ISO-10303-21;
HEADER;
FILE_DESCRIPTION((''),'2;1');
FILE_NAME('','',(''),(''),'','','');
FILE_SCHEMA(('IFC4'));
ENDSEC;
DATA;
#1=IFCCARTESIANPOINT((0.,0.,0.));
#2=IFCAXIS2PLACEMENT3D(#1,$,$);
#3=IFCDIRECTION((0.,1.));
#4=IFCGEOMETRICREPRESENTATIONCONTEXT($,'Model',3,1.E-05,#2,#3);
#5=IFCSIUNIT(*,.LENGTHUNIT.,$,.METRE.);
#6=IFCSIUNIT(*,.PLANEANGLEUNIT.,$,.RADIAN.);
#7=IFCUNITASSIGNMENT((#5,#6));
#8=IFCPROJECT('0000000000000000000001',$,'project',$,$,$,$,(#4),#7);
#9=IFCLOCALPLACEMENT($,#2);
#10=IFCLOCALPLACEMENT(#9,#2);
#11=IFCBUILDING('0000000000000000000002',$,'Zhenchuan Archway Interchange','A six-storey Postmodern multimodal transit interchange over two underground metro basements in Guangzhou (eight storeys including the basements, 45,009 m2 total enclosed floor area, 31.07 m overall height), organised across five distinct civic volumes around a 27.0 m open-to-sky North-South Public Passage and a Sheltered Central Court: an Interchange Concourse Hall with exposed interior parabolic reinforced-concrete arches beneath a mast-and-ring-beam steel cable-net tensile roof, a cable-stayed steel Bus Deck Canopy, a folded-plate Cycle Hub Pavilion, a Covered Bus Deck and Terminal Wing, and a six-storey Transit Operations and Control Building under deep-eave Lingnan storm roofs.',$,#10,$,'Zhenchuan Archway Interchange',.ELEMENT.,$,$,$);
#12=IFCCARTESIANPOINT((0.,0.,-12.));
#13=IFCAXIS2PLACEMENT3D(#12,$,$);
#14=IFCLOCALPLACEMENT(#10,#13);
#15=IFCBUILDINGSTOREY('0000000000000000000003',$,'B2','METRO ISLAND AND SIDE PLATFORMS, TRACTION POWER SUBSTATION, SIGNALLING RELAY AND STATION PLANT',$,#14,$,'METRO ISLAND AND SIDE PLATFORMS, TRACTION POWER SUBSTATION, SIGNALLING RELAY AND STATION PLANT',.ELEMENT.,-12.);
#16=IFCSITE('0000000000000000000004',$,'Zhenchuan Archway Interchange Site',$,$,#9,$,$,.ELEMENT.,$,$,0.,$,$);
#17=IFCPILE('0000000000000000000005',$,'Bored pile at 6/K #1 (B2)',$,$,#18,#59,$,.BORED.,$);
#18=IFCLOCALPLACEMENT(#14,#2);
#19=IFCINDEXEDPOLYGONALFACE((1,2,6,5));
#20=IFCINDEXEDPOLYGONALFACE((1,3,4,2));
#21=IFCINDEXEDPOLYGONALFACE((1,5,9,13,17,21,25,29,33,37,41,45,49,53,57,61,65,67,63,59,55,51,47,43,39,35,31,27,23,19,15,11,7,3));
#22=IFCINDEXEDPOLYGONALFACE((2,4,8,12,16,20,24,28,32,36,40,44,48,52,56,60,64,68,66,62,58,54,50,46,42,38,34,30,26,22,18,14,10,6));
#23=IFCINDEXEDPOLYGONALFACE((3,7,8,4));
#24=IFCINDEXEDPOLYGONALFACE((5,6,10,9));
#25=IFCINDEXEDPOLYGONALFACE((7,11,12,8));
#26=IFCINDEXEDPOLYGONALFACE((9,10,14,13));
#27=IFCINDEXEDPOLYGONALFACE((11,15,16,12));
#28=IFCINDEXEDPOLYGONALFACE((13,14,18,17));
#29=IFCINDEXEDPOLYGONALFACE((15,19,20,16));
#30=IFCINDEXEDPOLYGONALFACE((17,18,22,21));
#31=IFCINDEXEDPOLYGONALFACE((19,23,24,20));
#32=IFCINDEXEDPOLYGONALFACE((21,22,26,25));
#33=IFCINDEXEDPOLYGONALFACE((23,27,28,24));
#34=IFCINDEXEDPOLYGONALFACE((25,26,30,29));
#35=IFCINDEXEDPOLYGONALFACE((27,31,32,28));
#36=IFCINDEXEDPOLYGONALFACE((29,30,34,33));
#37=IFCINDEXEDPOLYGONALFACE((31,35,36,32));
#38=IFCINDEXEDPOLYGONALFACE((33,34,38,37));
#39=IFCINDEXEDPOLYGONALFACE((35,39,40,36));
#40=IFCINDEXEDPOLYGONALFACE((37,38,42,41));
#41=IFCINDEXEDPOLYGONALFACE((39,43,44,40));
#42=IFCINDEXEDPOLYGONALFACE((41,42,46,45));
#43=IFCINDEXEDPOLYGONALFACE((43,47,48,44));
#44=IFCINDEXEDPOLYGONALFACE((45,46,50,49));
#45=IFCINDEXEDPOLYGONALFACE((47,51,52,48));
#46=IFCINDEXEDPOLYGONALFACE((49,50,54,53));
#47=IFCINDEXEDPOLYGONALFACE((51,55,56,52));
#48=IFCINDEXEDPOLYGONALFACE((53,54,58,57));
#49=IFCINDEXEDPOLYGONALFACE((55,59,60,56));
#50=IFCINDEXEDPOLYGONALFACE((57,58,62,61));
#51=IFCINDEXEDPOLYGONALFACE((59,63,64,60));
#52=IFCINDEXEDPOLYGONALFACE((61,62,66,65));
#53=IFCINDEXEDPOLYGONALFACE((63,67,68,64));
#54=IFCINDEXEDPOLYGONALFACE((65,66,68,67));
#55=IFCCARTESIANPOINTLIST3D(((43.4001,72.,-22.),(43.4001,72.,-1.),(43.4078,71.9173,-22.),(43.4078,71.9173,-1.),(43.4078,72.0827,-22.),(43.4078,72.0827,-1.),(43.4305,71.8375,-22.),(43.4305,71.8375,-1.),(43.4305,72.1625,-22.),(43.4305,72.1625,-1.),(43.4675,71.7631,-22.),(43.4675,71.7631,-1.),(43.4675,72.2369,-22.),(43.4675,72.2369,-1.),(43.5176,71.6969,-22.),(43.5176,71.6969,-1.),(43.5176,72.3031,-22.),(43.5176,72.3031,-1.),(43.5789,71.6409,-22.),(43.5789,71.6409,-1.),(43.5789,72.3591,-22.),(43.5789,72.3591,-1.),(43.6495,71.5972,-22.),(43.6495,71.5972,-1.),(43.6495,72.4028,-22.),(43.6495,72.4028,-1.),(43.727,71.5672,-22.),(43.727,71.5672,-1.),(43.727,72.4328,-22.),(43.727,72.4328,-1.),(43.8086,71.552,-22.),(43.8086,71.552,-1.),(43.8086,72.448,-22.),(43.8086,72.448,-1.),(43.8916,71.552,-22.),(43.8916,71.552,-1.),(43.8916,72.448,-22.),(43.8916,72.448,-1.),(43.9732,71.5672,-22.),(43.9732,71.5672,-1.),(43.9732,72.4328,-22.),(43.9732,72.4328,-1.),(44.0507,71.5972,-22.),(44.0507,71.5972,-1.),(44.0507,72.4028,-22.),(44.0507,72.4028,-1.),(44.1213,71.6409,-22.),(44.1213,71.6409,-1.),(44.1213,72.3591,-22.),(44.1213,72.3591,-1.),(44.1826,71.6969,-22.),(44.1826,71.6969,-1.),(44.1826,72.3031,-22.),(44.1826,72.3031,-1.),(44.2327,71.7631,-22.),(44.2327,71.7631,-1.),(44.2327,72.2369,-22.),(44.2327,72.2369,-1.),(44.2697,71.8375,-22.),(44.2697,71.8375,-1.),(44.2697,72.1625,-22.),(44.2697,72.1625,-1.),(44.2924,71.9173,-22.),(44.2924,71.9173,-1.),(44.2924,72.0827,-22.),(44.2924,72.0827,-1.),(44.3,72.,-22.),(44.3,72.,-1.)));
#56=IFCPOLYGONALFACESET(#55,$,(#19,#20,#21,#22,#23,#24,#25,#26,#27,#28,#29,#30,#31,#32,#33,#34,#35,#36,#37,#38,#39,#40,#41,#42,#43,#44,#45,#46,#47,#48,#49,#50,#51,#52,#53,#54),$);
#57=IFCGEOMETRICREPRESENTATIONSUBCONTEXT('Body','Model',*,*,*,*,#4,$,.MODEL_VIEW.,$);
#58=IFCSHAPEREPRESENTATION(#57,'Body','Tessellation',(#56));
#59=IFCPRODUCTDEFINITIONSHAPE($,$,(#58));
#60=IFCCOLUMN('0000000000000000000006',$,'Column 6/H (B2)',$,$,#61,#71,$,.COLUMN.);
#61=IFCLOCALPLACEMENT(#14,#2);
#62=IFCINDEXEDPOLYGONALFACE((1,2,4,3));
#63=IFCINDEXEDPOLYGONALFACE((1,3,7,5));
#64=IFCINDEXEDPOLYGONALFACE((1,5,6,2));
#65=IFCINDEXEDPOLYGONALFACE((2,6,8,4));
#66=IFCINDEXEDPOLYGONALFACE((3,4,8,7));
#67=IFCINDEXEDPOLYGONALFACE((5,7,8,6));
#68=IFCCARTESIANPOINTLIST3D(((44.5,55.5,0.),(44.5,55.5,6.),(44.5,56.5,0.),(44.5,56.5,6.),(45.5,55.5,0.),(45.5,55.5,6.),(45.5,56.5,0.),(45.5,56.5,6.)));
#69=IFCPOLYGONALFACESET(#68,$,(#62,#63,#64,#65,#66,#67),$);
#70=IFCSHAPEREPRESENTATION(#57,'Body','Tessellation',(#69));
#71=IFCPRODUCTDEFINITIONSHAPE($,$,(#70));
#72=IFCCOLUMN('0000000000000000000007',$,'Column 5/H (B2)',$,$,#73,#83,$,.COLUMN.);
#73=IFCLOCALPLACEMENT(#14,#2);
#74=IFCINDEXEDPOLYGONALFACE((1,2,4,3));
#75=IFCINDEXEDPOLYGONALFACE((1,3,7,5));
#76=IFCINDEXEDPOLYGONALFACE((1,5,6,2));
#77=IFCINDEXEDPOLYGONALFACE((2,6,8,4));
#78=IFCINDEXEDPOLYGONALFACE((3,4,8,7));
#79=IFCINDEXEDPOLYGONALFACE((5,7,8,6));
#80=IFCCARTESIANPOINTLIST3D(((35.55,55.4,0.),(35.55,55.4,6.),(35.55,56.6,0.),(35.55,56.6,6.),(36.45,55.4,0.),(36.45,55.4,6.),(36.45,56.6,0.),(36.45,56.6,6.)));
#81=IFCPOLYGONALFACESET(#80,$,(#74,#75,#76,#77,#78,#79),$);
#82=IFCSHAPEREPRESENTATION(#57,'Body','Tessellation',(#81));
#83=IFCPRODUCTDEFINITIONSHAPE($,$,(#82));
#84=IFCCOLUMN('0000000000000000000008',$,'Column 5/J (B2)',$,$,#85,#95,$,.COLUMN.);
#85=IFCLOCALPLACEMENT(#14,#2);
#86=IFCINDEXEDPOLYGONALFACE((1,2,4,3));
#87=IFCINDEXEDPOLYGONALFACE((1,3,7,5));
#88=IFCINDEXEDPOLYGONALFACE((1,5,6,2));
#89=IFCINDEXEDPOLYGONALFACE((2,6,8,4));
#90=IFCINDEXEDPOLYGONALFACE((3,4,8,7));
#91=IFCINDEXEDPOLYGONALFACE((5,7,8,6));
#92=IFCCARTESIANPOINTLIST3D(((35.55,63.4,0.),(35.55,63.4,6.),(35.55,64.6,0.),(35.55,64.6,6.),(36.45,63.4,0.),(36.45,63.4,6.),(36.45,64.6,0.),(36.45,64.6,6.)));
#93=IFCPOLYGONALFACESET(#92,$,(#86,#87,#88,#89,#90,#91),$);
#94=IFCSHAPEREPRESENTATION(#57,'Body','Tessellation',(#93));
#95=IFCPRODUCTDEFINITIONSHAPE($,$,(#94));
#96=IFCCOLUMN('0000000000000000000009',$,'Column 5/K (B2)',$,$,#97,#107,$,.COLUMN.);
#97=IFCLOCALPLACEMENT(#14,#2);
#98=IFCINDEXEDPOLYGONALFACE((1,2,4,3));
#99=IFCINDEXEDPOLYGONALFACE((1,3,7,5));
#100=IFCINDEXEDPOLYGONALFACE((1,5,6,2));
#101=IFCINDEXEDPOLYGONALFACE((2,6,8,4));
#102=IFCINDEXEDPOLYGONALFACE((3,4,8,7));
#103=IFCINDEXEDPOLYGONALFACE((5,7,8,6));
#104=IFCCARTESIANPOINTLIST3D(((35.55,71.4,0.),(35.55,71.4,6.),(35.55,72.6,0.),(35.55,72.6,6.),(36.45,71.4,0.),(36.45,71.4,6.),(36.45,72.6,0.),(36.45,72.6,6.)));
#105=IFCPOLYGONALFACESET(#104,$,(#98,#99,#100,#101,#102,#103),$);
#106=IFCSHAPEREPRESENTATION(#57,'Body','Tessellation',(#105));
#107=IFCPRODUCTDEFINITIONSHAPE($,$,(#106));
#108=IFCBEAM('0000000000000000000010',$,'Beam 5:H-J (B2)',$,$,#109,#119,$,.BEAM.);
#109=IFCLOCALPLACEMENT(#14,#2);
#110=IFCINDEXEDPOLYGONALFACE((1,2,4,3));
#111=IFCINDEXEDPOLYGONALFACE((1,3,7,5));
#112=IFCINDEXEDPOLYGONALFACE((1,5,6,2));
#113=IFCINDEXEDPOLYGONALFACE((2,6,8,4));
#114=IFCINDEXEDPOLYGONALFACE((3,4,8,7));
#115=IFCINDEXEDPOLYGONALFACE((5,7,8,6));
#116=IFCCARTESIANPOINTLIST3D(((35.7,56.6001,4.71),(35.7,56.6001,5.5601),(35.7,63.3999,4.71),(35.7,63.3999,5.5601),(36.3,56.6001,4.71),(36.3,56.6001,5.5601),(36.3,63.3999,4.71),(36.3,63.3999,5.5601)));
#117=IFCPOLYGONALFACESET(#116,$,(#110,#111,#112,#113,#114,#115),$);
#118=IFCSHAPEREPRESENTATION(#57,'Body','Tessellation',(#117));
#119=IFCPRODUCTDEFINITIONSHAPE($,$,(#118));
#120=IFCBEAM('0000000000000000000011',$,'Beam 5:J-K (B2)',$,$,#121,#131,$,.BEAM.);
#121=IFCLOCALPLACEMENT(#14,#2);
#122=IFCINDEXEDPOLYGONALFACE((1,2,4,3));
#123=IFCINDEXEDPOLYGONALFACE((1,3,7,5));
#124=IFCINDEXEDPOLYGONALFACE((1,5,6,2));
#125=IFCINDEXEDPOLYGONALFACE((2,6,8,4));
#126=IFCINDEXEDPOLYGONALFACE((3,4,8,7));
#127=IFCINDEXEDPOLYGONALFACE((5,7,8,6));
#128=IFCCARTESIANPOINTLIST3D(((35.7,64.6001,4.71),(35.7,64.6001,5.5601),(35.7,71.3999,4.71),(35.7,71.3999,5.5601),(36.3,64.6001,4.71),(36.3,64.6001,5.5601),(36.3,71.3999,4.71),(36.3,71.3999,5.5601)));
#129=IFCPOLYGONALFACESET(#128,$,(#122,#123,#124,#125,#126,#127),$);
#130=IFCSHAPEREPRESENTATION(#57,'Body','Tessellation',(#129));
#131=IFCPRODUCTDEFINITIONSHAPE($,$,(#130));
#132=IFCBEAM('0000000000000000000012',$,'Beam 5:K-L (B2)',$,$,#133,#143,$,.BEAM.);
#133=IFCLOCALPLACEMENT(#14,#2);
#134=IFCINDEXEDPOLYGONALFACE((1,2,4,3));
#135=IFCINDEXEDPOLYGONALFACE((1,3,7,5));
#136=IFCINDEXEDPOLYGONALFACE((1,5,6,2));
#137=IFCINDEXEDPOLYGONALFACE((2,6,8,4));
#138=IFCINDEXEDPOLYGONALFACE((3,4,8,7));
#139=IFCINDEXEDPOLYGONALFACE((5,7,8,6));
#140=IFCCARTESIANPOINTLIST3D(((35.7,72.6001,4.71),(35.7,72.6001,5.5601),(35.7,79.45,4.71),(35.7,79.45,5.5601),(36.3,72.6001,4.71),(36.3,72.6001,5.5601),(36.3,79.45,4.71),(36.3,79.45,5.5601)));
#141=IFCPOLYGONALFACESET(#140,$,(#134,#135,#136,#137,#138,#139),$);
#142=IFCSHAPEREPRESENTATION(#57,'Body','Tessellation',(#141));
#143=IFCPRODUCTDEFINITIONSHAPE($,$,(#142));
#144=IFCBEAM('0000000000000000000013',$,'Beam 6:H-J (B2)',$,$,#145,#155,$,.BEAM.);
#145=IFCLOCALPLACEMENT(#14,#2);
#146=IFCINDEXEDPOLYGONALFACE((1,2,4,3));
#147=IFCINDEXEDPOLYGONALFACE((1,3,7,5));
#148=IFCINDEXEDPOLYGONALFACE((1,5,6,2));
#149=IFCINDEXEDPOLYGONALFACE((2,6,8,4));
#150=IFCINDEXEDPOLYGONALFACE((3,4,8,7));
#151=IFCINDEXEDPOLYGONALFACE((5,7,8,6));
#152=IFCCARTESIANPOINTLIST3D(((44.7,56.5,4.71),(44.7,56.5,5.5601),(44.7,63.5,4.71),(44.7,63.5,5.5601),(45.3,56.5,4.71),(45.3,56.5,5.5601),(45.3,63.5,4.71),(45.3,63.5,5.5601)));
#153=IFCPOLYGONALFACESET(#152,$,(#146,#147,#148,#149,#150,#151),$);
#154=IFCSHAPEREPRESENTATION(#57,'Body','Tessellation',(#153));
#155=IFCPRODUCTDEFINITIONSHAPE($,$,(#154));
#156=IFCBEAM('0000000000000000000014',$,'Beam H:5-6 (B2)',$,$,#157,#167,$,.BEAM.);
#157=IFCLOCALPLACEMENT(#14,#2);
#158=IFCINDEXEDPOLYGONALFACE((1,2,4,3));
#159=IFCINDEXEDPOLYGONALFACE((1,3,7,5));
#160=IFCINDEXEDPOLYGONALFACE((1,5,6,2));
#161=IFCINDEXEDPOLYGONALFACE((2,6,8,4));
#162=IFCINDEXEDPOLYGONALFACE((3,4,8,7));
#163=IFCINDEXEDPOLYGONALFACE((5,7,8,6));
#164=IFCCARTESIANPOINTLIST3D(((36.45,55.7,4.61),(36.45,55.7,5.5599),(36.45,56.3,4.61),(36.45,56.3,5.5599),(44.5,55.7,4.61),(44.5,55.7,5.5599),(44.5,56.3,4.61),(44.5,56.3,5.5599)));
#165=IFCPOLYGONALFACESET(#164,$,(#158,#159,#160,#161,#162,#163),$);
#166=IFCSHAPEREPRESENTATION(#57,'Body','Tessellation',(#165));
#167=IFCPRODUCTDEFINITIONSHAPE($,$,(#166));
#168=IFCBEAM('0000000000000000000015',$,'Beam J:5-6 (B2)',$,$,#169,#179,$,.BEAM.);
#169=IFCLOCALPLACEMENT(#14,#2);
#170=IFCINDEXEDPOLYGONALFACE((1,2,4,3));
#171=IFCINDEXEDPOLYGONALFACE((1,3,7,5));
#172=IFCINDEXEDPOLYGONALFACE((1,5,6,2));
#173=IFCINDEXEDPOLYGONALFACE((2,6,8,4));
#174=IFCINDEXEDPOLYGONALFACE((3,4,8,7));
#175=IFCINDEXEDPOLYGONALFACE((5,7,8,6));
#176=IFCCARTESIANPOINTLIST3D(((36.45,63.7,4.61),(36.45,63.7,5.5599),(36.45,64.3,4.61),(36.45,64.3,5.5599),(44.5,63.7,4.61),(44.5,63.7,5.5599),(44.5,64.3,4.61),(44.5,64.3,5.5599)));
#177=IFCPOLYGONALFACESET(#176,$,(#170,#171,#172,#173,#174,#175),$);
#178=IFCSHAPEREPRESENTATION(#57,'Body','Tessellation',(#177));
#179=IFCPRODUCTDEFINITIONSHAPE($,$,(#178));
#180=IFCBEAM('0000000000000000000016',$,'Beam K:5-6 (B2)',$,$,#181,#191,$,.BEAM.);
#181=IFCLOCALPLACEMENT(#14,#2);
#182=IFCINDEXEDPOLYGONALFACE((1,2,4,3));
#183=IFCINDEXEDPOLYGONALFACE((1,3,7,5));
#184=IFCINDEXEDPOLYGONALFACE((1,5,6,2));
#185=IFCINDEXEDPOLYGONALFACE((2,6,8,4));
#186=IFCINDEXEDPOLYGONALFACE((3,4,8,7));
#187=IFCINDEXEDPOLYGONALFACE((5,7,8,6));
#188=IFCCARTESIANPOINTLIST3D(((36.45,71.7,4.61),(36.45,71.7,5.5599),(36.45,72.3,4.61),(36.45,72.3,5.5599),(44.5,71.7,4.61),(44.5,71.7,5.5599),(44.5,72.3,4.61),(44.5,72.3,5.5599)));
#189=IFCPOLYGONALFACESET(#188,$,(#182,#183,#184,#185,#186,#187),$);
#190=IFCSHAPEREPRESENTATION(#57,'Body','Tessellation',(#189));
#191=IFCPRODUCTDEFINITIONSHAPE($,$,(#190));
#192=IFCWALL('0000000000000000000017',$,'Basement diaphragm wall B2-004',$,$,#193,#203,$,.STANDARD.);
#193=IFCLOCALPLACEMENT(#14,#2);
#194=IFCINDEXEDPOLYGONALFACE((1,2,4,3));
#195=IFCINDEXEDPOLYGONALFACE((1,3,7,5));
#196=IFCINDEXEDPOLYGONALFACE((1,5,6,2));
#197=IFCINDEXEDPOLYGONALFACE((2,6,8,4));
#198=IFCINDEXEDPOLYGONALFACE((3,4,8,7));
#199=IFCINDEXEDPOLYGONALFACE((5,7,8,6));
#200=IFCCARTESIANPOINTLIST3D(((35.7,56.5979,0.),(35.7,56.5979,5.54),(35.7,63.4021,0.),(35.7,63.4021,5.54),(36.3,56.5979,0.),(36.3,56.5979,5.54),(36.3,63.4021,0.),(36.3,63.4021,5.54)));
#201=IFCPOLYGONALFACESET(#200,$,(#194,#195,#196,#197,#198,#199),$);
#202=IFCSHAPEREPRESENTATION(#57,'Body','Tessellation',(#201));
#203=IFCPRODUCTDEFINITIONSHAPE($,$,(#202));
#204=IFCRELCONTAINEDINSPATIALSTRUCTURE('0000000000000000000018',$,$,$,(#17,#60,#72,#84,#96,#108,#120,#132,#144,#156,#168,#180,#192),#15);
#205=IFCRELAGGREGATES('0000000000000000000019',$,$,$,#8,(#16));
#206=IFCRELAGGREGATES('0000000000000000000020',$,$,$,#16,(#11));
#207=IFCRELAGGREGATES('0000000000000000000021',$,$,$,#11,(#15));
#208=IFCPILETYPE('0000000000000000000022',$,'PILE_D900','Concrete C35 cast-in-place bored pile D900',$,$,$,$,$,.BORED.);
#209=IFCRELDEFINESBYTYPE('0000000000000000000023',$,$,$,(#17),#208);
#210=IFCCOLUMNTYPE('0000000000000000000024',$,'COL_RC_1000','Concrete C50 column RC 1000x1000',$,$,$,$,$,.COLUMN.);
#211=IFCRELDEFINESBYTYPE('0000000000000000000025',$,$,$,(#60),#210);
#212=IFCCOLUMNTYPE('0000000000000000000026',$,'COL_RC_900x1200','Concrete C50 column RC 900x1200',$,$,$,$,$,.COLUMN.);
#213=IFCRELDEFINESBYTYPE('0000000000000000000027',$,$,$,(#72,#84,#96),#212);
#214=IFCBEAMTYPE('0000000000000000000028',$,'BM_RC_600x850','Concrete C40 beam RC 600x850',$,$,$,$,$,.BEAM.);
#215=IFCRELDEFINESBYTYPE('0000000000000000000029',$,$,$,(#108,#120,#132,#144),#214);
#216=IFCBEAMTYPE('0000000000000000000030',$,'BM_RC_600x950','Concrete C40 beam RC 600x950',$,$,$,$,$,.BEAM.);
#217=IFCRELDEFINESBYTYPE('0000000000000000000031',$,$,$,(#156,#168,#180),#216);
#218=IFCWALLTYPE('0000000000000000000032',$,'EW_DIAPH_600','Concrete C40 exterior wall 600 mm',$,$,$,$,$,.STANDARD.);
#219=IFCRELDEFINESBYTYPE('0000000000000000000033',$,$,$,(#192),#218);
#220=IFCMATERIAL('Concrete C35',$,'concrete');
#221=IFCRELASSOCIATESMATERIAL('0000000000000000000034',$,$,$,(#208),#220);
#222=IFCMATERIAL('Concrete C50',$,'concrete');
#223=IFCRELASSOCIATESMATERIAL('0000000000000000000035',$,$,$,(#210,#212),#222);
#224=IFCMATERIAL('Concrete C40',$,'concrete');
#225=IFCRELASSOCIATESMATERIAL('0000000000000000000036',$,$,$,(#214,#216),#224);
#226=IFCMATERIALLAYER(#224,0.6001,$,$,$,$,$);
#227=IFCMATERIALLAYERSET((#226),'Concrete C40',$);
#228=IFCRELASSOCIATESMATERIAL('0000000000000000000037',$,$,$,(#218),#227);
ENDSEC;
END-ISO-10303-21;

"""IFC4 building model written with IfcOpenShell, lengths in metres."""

from ifc_helpers import new_model, si_unit, direction, frame, frame_2d, origin, origin_2d, place, context, subcontext, project, spatial, rectangle, circle, extrude, material, layer, layer_set, material_profile, profile_set, type_object, element, save


model = new_model("IFC4")

# Units and contexts
model_context = context("Model", 3, precision=1e-05, world=origin(), true_north=direction((0.0, 1.0)))
body_context = subcontext(model_context, "Body", "Model", "MODEL_VIEW")
ifc_project = project(units=[si_unit("LENGTHUNIT", "METRE"), si_unit("PLANEANGLEUNIT", "RADIAN")], contexts=[model_context])

# Site, building, storey
site_placement = place(None, origin())
site = spatial("IfcSite", under=ifc_project, at=site_placement, Name="Zhenchuan Archway Interchange Site", CompositionType="ELEMENT", RefElevation=0.0)
building_placement = place(site_placement, origin())
building = spatial("IfcBuilding", under=site, at=building_placement, Name="Zhenchuan Archway Interchange", Description="A six-storey Postmodern multimodal transit interchange over two underground metro basements in Guangzhou (eight storeys including the basements, 45,009 m2 total enclosed floor area, 31.07 m overall height), organised across five distinct civic volumes around a 27.0 m open-to-sky North-South Public Passage and a Sheltered Central Court: an Interchange Concourse Hall with exposed interior parabolic reinforced-concrete arches beneath a mast-and-ring-beam steel cable-net tensile roof, a cable-stayed steel Bus Deck Canopy, a folded-plate Cycle Hub Pavilion, a Covered Bus Deck and Terminal Wing, and a six-storey Transit Operations and Control Building under deep-eave Lingnan storm roofs.", LongName="Zhenchuan Archway Interchange", CompositionType="ELEMENT")
storey_placement = place(building_placement, frame((0.0, 0.0, -12.0)))
storey = spatial("IfcBuildingStorey", under=building, at=storey_placement, Name="B2", Description="METRO ISLAND AND SIDE PLATFORMS, TRACTION POWER SUBSTATION, SIGNALLING RELAY AND STATION PLANT", LongName="METRO ISLAND AND SIDE PLATFORMS, TRACTION POWER SUBSTATION, SIGNALLING RELAY AND STATION PLANT", CompositionType="ELEMENT", Elevation=-12.0)

# Shared definitions
ifc_material_1 = material(Name="Concrete C40", Category="concrete")

# Pile
ifc_material_2 = material(Name="Concrete C35", Category="concrete")
ifc_material_profile_1 = material_profile(ifc_material_2, circle(Radius=0.45, at=origin_2d()), Name="BORED PILE 900")
ifc_profile_set_1 = profile_set([ifc_material_profile_1], Name="Concrete C35")
pile_type_1 = type_object("IfcPileType", Name="PILE_D900", Description="Concrete C35 cast-in-place bored pile D900", PredefinedType="BORED", material=ifc_profile_set_1)
pile_placement = place(storey_placement, frame((43.8501, 72.0, -1.0), z_axis=(0.0, 0.0, -1.0), x_axis=(1.0, 0.0, 0.0)))
element("IfcPile", 1, at=pile_placement, inside=storey, type_object=pile_type_1, Name="Bored pile at 6/K #1 (B2)", PredefinedType="BORED", context=body_context, shape_type="SweptSolid", body=[
    extrude(circle(Radius=0.45, at=origin_2d()), origin(), (0.0, 0.0, 1.0), 21.0),
])

# Columns
ifc_material_3 = material(Name="Concrete C50", Category="concrete")
ifc_material_profile_2 = material_profile(ifc_material_3, rectangle(XDim=1.0, YDim=1.0, at=origin_2d()), Name="RC 1000x1000")
ifc_profile_set_2 = profile_set([ifc_material_profile_2], Name="Concrete C50")
column_type_1 = type_object("IfcColumnType", Name="COL_RC_1000", Description="Concrete C50 column RC 1000x1000", PredefinedType="COLUMN", material=ifc_profile_set_2)
column_placement = place(storey_placement, frame((45.0, 56.0, 0.0), z_axis=(0.0, 0.0, 1.0), x_axis=(1.0, 0.0, 0.0)))
element("IfcColumn", 2, at=column_placement, inside=storey, type_object=column_type_1, Name="Column 6/H (B2)", PredefinedType="COLUMN", context=body_context, shape_type="SweptSolid", body=[
    extrude(rectangle(XDim=1.0, YDim=1.0, at=origin_2d()), origin(), (0.0, 0.0, 1.0), 6.0),
])
ifc_material_profile_3 = material_profile(ifc_material_3, rectangle(XDim=0.8999, YDim=1.2, at=origin_2d()), Name="RC 900x1200")
ifc_profile_set_3 = profile_set([ifc_material_profile_3], Name="Concrete C50")
column_type_2 = type_object("IfcColumnType", Name="COL_RC_900x1200", Description="Concrete C50 column RC 900x1200", PredefinedType="COLUMN", material=ifc_profile_set_3)
for number, where, z_axis, x_axis, name in (
    (3, (36.0, 56.0, 0.0), (0.0, 0.0, 1.0), (1.0, 0.0, 0.0), "Column 5/H (B2)"),
    (4, (36.0, 64.0, 0.0), (0.0, 0.0, 1.0), (1.0, 0.0, 0.0), "Column 5/J (B2)"),
    (5, (36.0, 72.0, 0.0), (0.0, 0.0, 1.0), (1.0, 0.0, 0.0), "Column 5/K (B2)"),
):
    element("IfcColumn", number, at=place(storey_placement, frame(where, z_axis=z_axis, x_axis=x_axis)), inside=storey, type_object=column_type_2, Name=name, PredefinedType="COLUMN", context=body_context, shape_type="SweptSolid", body=[
        extrude(rectangle(XDim=0.8999, YDim=1.2, at=origin_2d()), origin(), (0.0, 0.0, 1.0), 6.0),
    ])

# Beams
ifc_material_profile_4 = material_profile(ifc_material_1, rectangle(XDim=0.6001, YDim=0.8501, at=origin_2d()), Name="RC 600x850")
ifc_profile_set_4 = profile_set([ifc_material_profile_4], Name="Concrete C40")
beam_type_1 = type_object("IfcBeamType", Name="BM_RC_600x850", Description="Concrete C40 beam RC 600x850", PredefinedType="BEAM", material=ifc_profile_set_4)
for number, where, z_axis, x_axis, name in (
    (6, (36.0, 56.6001, 5.135), (0.0, 1.0, 0.0), (-1.0, 0.0, 0.0), "Beam 5:H-J (B2)"),
    (7, (36.0, 64.6001, 5.135), (0.0, 1.0, 0.0), (-1.0, 0.0, 0.0), "Beam 5:J-K (B2)"),
):
    element("IfcBeam", number, at=place(storey_placement, frame(where, z_axis=z_axis, x_axis=x_axis)), inside=storey, type_object=beam_type_1, Name=name, PredefinedType="BEAM", context=body_context, shape_type="SweptSolid", body=[
        extrude(rectangle(XDim=0.6001, YDim=0.8501, at=origin_2d()), origin(), (0.0, 0.0, 1.0), 6.7998),
    ])
beam_1_placement = place(storey_placement, frame((36.0, 72.6001, 5.135), z_axis=(0.0, 1.0, 0.0), x_axis=(-1.0, 0.0, 0.0)))
element("IfcBeam", 8, at=beam_1_placement, inside=storey, type_object=beam_type_1, Name="Beam 5:K-L (B2)", PredefinedType="BEAM", context=body_context, shape_type="SweptSolid", body=[
    extrude(rectangle(XDim=0.6001, YDim=0.8501, at=origin_2d()), origin(), (0.0, 0.0, 1.0), 6.8499),
])
beam_2_placement = place(storey_placement, frame((45.0, 56.5, 5.135), z_axis=(0.0, 1.0, 0.0), x_axis=(-1.0, 0.0, 0.0)))
element("IfcBeam", 9, at=beam_2_placement, inside=storey, type_object=beam_type_1, Name="Beam 6:H-J (B2)", PredefinedType="BEAM", context=body_context, shape_type="SweptSolid", body=[
    extrude(rectangle(XDim=0.6001, YDim=0.8501, at=origin_2d()), origin(), (0.0, 0.0, 1.0), 7.0),
])
ifc_material_profile_5 = material_profile(ifc_material_1, rectangle(XDim=0.6001, YDim=0.95, at=origin_2d()), Name="RC 600x950")
ifc_profile_set_5 = profile_set([ifc_material_profile_5], Name="Concrete C40")
beam_type_2 = type_object("IfcBeamType", Name="BM_RC_600x950", Description="Concrete C40 beam RC 600x950", PredefinedType="BEAM", material=ifc_profile_set_5)
for number, where, z_axis, x_axis, name in (
    (10, (36.45, 56.0, 5.085), (1.0, 0.0, 0.0), (0.0, 1.0, 0.0), "Beam H:5-6 (B2)"),
    (11, (36.45, 64.0, 5.085), (1.0, 0.0, 0.0), (0.0, 1.0, 0.0), "Beam J:5-6 (B2)"),
    (12, (36.45, 72.0, 5.085), (1.0, 0.0, 0.0), (0.0, 1.0, 0.0), "Beam K:5-6 (B2)"),
):
    element("IfcBeam", number, at=place(storey_placement, frame(where, z_axis=z_axis, x_axis=x_axis)), inside=storey, type_object=beam_type_2, Name=name, PredefinedType="BEAM", context=body_context, shape_type="SweptSolid", body=[
        extrude(rectangle(XDim=0.6001, YDim=0.95, at=origin_2d()), origin(), (0.0, 0.0, 1.0), 8.05),
    ])

# Wall
ifc_layer = layer(ifc_material_1, 0.6001)
ifc_layer_set = layer_set([ifc_layer], Name="Concrete C40")
wall_type = type_object("IfcWallType", Name="EW_DIAPH_600", Description="Concrete C40 exterior wall 600 mm", PredefinedType="STANDARD", material=ifc_layer_set)
for number, where, z_axis, x_axis, name in (
    (13, (36.0, 56.5979, 0.0), (0.0, 0.0, 1.0), (0.0, 1.0, 0.0), "Basement diaphragm wall B2-004"),
):
    element("IfcWall", number, at=place(storey_placement, frame(where, z_axis=z_axis, x_axis=x_axis)), inside=storey, type_object=wall_type, Name=name, PredefinedType="STANDARD", context=body_context, shape_type="SweptSolid", body=[
        extrude(rectangle(XDim=6.8042, YDim=0.6001, at=frame_2d((3.4021, 0.0))), origin(), (0.0, 0.0, 1.0), 5.54),
    ])

save(model, "model.ifc")
